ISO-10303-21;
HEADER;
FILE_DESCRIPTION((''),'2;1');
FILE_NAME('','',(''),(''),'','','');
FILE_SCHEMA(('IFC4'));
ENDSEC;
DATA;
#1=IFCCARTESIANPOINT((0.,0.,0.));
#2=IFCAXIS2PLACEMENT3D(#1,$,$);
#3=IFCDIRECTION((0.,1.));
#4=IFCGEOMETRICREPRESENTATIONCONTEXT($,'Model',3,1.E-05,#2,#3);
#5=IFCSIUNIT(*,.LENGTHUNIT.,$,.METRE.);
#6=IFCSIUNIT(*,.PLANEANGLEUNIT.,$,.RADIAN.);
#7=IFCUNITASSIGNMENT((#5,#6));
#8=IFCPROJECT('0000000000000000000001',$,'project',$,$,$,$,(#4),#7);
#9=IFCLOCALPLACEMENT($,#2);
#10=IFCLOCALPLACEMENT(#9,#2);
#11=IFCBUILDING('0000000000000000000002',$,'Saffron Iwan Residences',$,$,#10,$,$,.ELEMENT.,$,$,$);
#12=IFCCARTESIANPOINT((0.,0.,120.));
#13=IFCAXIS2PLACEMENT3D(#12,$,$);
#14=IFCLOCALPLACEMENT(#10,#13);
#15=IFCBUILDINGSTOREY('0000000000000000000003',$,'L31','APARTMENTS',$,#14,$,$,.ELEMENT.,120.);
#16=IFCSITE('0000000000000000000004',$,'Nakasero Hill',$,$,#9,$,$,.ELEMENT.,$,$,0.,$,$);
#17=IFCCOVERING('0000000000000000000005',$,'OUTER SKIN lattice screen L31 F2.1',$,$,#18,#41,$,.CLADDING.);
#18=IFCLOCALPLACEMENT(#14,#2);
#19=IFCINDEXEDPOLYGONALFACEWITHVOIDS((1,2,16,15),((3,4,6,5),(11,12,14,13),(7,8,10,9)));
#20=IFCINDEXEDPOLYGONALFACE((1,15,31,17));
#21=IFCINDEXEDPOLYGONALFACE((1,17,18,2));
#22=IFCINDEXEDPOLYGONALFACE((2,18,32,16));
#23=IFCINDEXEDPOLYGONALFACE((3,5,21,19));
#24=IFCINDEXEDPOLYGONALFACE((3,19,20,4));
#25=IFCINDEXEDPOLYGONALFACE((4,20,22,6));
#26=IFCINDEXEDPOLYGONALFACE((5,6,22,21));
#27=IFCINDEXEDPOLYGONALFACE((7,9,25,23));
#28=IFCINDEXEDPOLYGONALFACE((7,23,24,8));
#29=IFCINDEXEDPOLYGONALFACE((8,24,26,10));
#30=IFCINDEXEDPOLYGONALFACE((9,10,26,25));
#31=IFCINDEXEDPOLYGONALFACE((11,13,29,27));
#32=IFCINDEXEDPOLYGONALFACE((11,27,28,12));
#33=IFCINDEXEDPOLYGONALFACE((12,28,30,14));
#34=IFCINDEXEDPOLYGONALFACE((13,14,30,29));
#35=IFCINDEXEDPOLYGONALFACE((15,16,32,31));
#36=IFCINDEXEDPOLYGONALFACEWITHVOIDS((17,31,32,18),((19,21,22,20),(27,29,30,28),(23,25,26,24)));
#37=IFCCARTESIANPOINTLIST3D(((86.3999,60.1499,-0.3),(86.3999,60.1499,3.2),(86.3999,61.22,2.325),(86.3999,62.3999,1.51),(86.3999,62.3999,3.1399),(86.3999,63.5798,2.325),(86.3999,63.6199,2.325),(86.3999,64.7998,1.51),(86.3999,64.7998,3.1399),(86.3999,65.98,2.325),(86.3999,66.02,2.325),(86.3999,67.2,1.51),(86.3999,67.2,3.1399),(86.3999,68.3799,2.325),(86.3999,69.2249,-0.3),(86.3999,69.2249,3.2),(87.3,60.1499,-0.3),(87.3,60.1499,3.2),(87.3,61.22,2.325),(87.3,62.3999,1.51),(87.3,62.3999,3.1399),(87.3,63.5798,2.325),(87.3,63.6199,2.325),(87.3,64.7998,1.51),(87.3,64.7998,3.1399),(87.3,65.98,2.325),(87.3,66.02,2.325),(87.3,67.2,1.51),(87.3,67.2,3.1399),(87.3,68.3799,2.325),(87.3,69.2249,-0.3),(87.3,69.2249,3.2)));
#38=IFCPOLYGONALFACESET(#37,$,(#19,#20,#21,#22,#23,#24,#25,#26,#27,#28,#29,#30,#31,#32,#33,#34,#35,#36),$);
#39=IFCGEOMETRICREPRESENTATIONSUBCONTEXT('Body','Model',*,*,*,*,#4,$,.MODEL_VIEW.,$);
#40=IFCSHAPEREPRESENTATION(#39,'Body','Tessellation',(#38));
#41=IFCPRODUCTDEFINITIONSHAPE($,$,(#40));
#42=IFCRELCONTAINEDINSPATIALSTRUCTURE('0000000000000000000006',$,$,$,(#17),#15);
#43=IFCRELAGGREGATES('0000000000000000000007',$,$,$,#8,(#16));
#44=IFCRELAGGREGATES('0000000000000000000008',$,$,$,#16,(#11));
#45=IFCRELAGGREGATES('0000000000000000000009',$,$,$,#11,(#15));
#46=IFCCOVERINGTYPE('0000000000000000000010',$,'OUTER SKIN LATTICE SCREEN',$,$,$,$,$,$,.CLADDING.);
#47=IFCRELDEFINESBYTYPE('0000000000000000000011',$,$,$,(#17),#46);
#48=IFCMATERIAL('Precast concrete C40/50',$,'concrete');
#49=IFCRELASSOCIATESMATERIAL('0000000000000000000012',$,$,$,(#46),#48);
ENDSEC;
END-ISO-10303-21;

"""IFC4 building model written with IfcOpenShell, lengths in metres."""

from ifc_helpers import new_model, si_unit, direction, frame, origin, place, context, subcontext, project, spatial, polyline, outline, extrude, material, type_object, element, save


model = new_model("IFC4")

# Units and contexts
model_context = context("Model", 3, precision=1e-05, world=origin(), true_north=direction((0.0, 1.0)))
body_context = subcontext(model_context, "Body", "Model", "MODEL_VIEW")
ifc_project = project(units=[si_unit("LENGTHUNIT", "METRE"), si_unit("PLANEANGLEUNIT", "RADIAN")], contexts=[model_context])

# Site, building, storey
site_placement = place(None, origin())
site = spatial("IfcSite", under=ifc_project, at=site_placement, Name="Nakasero Hill", CompositionType="ELEMENT", RefElevation=0.0)
building_placement = place(site_placement, origin())
building = spatial("IfcBuilding", under=site, at=building_placement, Name="Saffron Iwan Residences", CompositionType="ELEMENT")
storey_placement = place(building_placement, frame((0.0, 0.0, 120.0)))
storey = spatial("IfcBuildingStorey", under=building, at=storey_placement, Name="L31", Description="APARTMENTS", CompositionType="ELEMENT", Elevation=120.0)

# Covering
ifc_material_1 = material(Name="Precast concrete C40/50", Category="concrete")
covering_type = type_object("IfcCoveringType", Name="OUTER SKIN LATTICE SCREEN", PredefinedType="CLADDING", material=ifc_material_1)
covering_placement = place(storey_placement, frame((86.3999, 60.1499, -0.3), z_axis=(1.0, 0.0, 0.0), x_axis=(0.0, 1.0, 0.0)))
element("IfcCovering", 1, at=covering_placement, inside=storey, type_object=covering_type, Name="OUTER SKIN lattice screen L31 F2.1", PredefinedType="CLADDING", context=body_context, shape_type="SweptSolid", body=[
    extrude(outline(polyline([(0.0, 0.0), (9.075, 0.0), (9.075, 3.5), (0.0, 3.5), (0.0, 0.0)]), holes=[polyline([(1.0701, 2.625), (2.25, 1.8101), (3.4299, 2.625), (2.25, 3.4399), (1.0701, 2.625)]), polyline([(3.47, 2.625), (4.6499, 1.8101), (5.8301, 2.625), (4.6499, 3.4399), (3.47, 2.625)]), polyline([(5.8701, 2.625), (7.05, 1.8101), (8.23, 2.625), (7.05, 3.4399), (5.8701, 2.625)])]), origin(), (0.0, 0.0, 1.0), 0.9001),
])

save(model, "model.ifc")
